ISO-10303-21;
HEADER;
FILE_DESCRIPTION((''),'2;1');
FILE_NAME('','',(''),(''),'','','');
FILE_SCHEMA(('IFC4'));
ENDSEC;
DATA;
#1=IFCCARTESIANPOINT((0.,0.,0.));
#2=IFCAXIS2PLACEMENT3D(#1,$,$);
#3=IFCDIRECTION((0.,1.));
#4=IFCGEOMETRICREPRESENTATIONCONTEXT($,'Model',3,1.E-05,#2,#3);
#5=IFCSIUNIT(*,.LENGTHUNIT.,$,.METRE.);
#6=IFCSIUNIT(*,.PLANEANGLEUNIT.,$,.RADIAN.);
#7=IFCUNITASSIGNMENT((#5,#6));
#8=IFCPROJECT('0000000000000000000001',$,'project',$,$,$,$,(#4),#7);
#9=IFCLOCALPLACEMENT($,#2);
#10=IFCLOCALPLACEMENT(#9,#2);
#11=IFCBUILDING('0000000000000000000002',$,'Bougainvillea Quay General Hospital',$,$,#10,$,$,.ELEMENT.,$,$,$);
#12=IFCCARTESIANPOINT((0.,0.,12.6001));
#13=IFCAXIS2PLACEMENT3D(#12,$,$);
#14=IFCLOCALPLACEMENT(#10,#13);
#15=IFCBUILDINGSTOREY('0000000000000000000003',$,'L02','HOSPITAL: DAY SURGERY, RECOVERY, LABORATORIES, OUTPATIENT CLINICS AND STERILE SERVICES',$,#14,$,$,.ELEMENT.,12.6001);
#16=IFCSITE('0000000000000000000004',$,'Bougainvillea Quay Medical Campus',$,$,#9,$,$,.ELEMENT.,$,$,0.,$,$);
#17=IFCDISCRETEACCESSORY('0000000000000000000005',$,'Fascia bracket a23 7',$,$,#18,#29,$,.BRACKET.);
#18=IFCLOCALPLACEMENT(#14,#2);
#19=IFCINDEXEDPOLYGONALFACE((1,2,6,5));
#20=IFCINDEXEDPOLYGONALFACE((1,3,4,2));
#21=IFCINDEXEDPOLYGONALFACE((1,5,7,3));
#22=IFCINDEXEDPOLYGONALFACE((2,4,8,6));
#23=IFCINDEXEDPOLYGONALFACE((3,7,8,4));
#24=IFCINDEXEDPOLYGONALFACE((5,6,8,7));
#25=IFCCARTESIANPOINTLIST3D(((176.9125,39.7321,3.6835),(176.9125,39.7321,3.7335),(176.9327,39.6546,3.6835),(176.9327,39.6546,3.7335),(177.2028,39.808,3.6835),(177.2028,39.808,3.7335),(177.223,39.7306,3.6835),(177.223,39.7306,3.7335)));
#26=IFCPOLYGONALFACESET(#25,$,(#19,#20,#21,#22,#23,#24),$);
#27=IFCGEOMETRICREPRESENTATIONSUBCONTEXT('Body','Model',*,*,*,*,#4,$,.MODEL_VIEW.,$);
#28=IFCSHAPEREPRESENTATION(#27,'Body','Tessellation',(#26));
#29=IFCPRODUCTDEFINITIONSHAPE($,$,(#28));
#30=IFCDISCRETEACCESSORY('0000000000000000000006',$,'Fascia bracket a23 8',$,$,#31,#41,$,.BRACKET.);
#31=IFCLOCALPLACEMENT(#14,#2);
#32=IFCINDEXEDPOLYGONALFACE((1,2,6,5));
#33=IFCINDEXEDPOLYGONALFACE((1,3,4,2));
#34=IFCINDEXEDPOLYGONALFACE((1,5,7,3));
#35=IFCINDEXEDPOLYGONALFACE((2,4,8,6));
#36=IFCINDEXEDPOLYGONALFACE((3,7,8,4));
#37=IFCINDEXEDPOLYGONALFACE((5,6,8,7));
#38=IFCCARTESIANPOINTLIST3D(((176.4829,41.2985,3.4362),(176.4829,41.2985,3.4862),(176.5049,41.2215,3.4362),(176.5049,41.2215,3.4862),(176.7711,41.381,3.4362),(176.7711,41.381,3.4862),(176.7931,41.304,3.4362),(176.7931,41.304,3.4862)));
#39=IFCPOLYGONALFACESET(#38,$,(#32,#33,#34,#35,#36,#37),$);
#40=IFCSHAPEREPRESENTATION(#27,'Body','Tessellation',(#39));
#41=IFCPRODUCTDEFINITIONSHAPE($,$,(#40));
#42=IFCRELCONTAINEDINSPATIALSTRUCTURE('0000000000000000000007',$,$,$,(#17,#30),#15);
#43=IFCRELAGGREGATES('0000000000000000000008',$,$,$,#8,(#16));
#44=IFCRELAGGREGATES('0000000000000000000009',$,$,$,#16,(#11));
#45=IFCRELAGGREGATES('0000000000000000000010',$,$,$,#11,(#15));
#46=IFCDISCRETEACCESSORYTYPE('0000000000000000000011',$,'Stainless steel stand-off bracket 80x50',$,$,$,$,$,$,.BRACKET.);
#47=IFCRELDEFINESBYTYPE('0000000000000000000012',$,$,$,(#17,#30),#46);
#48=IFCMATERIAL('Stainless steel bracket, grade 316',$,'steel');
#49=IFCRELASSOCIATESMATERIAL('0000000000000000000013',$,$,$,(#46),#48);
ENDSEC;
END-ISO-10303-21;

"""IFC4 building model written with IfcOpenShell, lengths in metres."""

from ifc_helpers import new_model, si_unit, direction, frame, origin, origin_2d, place, context, subcontext, project, spatial, rectangle, extrude, material, material_profile, profile_set, type_object, element, save


model = new_model("IFC4")

# Units and contexts
model_context = context("Model", 3, precision=1e-05, world=origin(), true_north=direction((0.0, 1.0)))
body_context = subcontext(model_context, "Body", "Model", "MODEL_VIEW")
ifc_project = project(units=[si_unit("LENGTHUNIT", "METRE"), si_unit("PLANEANGLEUNIT", "RADIAN")], contexts=[model_context])

# Site, building, storey
site_placement = place(None, origin())
site = spatial("IfcSite", under=ifc_project, at=site_placement, Name="Bougainvillea Quay Medical Campus", CompositionType="ELEMENT", RefElevation=0.0)
building_placement = place(site_placement, origin())
building = spatial("IfcBuilding", under=site, at=building_placement, Name="Bougainvillea Quay General Hospital", CompositionType="ELEMENT")
storey_placement = place(building_placement, frame((0.0, 0.0, 12.6001)))
storey = spatial("IfcBuildingStorey", under=building, at=storey_placement, Name="L02", Description="HOSPITAL: DAY SURGERY, RECOVERY, LABORATORIES, OUTPATIENT CLINICS AND STERILE SERVICES", CompositionType="ELEMENT", Elevation=12.6001)

# Discrete accessories
ifc_material_1 = material(Name="Stainless steel bracket, grade 316", Category="steel")
ifc_material_profile_1 = material_profile(ifc_material_1, rectangle(XDim=0.0801, YDim=0.05, at=origin_2d()))
ifc_profile_set_1 = profile_set([ifc_material_profile_1], Name="Stainless steel bracket, grade 316")
discrete_accessory_type = type_object("IfcDiscreteAccessoryType", Name="Stainless steel stand-off bracket 80x50", PredefinedType="BRACKET", material=ifc_profile_set_1)
discrete_accessory_1_placement = place(storey_placement, frame((176.9226, 39.6934, 3.7085), z_axis=(0.967453, 0.253051, 0.0), x_axis=(-0.253051, 0.967453, 0.0)))
element("IfcDiscreteAccessory", 1, at=discrete_accessory_1_placement, inside=storey, type_object=discrete_accessory_type, Name="Fascia bracket a23 7", PredefinedType="BRACKET", context=body_context, shape_type="SweptSolid", body=[
    extrude(rectangle(XDim=0.0801, YDim=0.05, at=origin_2d()), origin(), (0.0, 0.0, 1.0), 0.3),
])
discrete_accessory_2_placement = place(storey_placement, frame((176.4939, 41.26, 3.4612), z_axis=(0.961401, 0.275151, 0.0), x_axis=(-0.275151, 0.961401, 0.0)))
element("IfcDiscreteAccessory", 2, at=discrete_accessory_2_placement, inside=storey, type_object=discrete_accessory_type, Name="Fascia bracket a23 8", PredefinedType="BRACKET", context=body_context, shape_type="SweptSolid", body=[
    extrude(rectangle(XDim=0.0801, YDim=0.05, at=origin_2d()), origin(), (0.0, 0.0, 1.0), 0.2998),
])

save(model, "model.ifc")
